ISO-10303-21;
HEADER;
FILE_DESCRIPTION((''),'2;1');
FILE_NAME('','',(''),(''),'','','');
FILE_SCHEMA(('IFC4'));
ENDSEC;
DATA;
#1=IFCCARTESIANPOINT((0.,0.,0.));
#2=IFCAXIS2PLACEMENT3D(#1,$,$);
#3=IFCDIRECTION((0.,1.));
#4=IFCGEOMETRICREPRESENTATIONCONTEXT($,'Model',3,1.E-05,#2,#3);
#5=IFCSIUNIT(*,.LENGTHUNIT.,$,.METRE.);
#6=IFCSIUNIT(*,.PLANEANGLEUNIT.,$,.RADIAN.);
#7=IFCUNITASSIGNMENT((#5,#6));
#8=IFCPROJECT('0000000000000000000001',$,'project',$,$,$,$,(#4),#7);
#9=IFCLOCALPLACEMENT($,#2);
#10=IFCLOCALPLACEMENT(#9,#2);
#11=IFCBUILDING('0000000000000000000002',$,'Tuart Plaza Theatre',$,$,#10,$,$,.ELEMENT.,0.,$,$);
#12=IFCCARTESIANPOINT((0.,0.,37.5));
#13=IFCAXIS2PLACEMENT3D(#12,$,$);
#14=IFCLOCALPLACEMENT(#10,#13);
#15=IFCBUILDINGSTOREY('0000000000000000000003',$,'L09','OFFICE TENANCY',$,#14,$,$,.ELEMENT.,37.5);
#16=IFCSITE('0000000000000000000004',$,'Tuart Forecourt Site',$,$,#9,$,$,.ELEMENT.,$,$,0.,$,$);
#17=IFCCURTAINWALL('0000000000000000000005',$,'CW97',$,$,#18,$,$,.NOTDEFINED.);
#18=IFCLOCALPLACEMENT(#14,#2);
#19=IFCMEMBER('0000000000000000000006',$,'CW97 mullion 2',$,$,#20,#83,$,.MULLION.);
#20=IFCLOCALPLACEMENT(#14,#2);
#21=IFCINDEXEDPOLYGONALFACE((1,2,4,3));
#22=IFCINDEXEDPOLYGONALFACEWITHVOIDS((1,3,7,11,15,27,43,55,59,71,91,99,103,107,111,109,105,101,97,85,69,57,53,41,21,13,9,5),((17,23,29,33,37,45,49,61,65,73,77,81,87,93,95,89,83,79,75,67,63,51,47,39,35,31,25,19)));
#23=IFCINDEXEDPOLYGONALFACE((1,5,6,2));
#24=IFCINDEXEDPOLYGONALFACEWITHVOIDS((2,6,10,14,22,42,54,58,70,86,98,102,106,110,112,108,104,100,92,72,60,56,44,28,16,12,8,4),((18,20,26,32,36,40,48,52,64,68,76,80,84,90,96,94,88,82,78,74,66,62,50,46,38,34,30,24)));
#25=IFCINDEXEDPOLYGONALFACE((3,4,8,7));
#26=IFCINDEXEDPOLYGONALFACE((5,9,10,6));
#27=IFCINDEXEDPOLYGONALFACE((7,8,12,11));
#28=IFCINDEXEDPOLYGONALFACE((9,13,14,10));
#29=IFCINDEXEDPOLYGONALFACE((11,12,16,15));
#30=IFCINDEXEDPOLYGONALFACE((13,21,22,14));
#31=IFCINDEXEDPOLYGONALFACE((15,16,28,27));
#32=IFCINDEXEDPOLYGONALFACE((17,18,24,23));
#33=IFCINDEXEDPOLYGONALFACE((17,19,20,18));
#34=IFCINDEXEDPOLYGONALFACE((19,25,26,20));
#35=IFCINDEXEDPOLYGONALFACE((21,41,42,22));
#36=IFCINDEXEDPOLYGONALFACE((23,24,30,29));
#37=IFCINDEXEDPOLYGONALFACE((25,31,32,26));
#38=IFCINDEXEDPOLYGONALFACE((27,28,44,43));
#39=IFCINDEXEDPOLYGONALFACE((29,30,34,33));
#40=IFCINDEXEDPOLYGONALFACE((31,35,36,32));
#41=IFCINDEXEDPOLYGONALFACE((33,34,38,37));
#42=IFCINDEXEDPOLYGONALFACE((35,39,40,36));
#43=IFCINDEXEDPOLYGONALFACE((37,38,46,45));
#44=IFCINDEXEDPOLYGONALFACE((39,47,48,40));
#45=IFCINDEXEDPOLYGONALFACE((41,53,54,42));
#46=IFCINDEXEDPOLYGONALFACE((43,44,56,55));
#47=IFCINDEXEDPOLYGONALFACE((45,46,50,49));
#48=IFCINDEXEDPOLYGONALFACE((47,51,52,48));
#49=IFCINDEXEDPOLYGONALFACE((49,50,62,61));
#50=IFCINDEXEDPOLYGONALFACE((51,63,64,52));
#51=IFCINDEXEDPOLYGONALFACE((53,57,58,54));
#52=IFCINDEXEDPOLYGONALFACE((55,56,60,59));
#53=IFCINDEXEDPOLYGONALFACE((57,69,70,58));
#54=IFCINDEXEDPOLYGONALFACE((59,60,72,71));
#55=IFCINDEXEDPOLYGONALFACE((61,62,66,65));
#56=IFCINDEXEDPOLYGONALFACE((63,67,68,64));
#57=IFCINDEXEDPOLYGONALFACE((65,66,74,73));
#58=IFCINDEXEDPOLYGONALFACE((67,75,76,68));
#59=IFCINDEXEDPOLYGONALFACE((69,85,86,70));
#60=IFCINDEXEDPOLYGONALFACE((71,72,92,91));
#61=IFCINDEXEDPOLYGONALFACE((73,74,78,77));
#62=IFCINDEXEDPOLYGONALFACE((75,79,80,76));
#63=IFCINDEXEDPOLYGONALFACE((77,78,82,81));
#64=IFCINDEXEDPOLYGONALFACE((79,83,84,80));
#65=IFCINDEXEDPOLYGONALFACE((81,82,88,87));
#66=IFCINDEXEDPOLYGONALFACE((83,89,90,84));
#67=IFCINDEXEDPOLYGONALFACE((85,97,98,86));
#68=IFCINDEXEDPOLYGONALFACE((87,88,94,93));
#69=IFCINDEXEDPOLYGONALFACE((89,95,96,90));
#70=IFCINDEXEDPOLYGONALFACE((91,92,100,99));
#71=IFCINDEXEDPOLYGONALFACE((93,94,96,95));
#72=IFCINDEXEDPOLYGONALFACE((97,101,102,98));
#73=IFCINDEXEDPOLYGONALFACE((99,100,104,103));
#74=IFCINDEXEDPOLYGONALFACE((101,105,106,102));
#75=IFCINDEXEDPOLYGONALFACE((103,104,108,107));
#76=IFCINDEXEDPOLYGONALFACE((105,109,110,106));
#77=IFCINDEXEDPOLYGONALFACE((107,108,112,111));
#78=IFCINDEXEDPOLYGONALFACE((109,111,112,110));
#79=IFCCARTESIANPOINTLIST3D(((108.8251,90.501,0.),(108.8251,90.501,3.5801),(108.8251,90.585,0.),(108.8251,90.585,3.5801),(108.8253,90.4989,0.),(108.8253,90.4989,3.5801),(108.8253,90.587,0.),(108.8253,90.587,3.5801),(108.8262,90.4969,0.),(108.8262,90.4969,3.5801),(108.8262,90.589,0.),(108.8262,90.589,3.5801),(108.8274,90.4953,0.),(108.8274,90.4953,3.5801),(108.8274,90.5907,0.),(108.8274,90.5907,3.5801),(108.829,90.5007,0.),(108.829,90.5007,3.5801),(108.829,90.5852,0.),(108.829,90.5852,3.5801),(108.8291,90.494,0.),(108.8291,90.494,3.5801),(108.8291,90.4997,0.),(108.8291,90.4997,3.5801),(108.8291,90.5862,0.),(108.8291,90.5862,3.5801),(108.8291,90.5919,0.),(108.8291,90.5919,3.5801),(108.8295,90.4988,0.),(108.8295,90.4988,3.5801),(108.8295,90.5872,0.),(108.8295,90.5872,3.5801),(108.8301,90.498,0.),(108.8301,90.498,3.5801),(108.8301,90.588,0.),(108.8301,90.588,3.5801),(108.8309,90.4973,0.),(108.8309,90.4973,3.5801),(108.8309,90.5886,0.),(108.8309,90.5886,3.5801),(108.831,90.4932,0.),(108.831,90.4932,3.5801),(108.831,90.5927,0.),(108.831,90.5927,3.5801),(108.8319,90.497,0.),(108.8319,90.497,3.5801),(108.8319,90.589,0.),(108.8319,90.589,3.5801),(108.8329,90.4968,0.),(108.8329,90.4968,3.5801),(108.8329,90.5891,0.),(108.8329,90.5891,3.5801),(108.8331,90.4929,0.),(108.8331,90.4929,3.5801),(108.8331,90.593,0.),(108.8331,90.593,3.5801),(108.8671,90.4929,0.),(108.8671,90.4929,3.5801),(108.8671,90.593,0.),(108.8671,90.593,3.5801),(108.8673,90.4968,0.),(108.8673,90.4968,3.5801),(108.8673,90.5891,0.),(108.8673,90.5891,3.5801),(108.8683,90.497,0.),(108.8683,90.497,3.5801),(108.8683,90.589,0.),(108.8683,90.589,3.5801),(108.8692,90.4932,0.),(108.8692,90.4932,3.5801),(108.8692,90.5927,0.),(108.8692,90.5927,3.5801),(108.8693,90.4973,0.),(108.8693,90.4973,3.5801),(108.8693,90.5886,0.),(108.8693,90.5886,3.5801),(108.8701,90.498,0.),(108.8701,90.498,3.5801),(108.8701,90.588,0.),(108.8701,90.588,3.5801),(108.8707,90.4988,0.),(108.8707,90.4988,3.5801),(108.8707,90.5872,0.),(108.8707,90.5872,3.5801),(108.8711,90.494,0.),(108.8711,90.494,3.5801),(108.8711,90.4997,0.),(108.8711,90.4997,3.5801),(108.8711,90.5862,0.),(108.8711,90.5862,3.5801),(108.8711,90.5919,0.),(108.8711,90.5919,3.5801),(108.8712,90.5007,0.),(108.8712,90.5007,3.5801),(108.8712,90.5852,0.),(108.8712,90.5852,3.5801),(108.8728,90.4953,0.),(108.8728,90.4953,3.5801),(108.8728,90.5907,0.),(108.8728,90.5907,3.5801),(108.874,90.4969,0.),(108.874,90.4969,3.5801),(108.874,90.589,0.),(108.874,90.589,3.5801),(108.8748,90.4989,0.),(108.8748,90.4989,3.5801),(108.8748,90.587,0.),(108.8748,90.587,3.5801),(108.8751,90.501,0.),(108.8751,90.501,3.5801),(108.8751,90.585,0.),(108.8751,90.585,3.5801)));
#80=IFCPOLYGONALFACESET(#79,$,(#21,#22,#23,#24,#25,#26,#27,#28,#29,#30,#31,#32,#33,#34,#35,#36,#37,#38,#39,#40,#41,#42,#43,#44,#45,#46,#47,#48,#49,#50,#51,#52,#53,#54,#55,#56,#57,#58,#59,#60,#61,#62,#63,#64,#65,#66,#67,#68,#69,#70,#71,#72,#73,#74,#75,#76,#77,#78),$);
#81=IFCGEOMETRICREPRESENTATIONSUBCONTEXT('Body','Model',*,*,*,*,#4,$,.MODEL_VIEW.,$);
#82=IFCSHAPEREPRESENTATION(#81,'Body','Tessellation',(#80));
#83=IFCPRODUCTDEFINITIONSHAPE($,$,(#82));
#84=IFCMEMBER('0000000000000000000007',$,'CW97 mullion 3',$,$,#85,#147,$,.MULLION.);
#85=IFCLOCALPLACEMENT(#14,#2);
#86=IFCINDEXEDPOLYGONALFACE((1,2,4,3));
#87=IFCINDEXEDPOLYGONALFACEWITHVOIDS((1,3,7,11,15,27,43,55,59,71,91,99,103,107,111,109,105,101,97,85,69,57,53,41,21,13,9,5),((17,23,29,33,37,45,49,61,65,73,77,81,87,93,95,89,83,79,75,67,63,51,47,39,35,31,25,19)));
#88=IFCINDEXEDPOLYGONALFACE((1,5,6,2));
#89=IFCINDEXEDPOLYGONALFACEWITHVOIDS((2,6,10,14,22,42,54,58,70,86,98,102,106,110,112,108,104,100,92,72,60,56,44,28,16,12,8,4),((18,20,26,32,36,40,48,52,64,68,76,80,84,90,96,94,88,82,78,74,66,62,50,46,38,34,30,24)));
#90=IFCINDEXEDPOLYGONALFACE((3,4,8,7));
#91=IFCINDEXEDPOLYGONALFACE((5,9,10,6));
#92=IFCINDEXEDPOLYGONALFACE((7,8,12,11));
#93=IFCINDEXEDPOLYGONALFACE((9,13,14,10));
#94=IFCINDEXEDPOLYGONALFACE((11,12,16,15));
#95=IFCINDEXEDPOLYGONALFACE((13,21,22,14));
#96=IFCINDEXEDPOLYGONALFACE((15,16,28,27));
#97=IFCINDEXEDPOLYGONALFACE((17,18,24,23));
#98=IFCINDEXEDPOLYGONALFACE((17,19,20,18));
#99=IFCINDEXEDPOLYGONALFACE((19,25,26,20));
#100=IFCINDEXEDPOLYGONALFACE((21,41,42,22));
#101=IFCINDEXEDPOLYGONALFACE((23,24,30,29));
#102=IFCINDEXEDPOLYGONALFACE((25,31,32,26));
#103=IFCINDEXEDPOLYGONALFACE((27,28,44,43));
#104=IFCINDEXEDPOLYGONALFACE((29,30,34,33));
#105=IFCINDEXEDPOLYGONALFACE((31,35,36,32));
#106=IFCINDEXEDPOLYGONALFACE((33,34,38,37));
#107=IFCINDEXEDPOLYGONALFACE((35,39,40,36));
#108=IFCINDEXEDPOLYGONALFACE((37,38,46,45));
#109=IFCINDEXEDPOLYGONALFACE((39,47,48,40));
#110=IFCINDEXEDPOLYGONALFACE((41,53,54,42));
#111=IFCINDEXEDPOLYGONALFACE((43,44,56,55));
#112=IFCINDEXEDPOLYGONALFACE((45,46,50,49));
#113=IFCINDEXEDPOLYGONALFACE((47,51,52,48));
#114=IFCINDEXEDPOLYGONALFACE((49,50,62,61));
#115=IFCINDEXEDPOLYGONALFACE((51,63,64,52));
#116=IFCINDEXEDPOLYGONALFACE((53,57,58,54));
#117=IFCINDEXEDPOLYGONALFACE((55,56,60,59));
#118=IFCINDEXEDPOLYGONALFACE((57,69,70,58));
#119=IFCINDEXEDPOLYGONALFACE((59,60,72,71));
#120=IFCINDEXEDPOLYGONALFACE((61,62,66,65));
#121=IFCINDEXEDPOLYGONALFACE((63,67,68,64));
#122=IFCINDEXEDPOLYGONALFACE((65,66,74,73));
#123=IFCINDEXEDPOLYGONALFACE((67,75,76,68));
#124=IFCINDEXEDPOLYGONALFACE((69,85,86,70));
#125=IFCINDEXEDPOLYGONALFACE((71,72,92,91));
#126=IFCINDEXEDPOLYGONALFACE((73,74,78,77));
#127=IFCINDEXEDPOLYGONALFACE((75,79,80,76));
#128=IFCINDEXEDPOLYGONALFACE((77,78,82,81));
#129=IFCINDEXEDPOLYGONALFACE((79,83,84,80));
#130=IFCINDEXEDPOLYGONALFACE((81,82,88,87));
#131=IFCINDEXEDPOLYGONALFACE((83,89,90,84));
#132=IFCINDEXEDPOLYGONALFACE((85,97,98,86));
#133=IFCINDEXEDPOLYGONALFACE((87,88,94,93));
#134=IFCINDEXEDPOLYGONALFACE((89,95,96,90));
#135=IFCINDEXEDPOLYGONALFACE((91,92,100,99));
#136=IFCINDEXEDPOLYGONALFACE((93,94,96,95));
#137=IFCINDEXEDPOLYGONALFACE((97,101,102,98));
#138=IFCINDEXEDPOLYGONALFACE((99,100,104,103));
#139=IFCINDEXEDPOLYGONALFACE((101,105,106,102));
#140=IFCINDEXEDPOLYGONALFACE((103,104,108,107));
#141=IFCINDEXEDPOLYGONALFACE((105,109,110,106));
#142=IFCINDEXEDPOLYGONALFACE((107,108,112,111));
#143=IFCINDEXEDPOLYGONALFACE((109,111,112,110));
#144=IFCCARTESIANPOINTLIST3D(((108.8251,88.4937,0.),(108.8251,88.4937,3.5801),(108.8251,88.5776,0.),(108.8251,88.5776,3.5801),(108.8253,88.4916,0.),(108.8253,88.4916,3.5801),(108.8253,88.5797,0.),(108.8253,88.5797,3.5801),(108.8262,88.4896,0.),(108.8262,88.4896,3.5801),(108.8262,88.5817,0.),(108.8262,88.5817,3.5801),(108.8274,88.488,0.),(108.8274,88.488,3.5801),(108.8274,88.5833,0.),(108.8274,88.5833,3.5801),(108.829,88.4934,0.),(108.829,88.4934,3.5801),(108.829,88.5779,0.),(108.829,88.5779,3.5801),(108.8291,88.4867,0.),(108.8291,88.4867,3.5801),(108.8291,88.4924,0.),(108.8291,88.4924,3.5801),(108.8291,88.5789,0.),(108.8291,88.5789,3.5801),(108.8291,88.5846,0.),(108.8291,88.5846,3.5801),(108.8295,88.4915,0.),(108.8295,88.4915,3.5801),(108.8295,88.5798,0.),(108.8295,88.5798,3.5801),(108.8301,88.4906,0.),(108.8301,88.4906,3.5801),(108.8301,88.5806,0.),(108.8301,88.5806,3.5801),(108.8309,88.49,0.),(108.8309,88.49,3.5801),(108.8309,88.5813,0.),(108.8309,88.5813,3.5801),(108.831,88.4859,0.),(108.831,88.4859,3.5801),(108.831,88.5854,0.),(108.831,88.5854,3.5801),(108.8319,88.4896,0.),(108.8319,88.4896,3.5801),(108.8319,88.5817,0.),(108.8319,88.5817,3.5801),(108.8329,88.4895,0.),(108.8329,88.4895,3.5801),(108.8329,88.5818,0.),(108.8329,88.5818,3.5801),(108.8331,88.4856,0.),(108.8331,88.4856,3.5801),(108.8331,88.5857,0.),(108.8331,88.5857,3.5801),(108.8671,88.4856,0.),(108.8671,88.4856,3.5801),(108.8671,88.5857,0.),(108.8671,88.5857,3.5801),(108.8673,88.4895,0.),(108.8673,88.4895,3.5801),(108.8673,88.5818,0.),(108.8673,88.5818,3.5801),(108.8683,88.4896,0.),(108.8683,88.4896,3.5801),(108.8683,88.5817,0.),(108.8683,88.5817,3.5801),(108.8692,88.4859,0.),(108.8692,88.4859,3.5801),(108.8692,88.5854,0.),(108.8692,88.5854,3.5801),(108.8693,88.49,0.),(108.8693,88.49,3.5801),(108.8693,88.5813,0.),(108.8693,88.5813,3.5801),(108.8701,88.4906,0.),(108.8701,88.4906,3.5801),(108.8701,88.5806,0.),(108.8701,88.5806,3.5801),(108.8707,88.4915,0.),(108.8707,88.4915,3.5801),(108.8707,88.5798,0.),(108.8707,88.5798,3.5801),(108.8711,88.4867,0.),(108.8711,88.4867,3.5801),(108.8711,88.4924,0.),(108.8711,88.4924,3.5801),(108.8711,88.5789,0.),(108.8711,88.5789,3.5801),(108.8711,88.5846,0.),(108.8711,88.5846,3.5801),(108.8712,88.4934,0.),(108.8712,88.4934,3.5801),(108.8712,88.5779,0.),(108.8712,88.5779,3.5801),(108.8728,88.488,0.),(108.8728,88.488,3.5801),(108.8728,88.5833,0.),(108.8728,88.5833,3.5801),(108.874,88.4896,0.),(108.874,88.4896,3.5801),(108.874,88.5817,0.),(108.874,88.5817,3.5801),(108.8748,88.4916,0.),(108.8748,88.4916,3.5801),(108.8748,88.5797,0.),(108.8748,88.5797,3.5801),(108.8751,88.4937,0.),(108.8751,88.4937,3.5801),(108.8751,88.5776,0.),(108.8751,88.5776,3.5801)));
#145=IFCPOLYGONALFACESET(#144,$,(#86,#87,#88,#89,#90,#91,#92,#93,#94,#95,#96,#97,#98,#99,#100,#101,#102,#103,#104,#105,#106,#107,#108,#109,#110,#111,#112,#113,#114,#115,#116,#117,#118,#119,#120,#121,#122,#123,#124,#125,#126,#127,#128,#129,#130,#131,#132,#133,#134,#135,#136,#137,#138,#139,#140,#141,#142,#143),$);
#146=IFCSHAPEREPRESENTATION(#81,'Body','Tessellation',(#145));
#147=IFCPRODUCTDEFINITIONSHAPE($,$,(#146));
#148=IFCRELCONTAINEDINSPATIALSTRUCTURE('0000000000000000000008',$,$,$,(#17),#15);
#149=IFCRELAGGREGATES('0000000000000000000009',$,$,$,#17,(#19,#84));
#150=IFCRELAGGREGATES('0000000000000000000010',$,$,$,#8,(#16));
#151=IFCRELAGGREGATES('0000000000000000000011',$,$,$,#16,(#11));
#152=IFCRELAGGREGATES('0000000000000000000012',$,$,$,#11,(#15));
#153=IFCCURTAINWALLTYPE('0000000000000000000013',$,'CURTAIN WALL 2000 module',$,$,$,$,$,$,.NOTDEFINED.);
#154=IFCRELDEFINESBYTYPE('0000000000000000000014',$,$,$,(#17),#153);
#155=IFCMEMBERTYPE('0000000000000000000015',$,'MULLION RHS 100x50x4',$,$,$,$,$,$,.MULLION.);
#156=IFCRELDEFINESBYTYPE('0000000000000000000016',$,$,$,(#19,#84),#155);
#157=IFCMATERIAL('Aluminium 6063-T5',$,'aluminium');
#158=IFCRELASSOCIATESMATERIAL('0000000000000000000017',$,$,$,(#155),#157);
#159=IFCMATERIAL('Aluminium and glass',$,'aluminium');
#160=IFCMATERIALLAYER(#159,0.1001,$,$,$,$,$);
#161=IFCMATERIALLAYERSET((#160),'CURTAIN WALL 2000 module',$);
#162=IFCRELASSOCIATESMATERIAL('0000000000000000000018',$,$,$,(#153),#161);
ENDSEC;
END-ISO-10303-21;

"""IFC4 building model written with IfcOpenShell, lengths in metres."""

from ifc_helpers import new_model, si_unit, direction, frame, origin, origin_2d, place, context, subcontext, project, spatial, hollow_rectangle, extrude, material, layer, layer_set, material_profile, profile_set, type_object, element, aggregate, save


model = new_model("IFC4")

# Units and contexts
model_context = context("Model", 3, precision=1e-05, world=origin(), true_north=direction((0.0, 1.0)))
body_context = subcontext(model_context, "Body", "Model", "MODEL_VIEW")
ifc_project = project(units=[si_unit("LENGTHUNIT", "METRE"), si_unit("PLANEANGLEUNIT", "RADIAN")], contexts=[model_context])

# Site, building, storey
site_placement = place(None, origin())
site = spatial("IfcSite", under=ifc_project, at=site_placement, Name="Tuart Forecourt Site", CompositionType="ELEMENT", RefElevation=0.0)
building_placement = place(site_placement, origin())
building = spatial("IfcBuilding", under=site, at=building_placement, Name="Tuart Plaza Theatre", CompositionType="ELEMENT", ElevationOfRefHeight=0.0)
storey_placement = place(building_placement, frame((0.0, 0.0, 37.5)))
storey = spatial("IfcBuildingStorey", under=building, at=storey_placement, Name="L09", Description="OFFICE TENANCY", CompositionType="ELEMENT", Elevation=37.5)

# Shared definitions
ifc_material_1 = material(Name="Aluminium 6063-T5", Category="aluminium")
ifc_material_profile_1 = material_profile(ifc_material_1, hollow_rectangle(XDim=0.05, YDim=0.1001, WallThickness=0.0039, InnerFilletRadius=0.0039, OuterFilletRadius=0.0081, at=origin_2d()), Name="RHS 100x50x4")
ifc_profile_set_1 = profile_set([ifc_material_profile_1], Name="Aluminium 6063-T5")
member_type_1 = type_object("IfcMemberType", Name="MULLION RHS 100x50x4", PredefinedType="MULLION", material=ifc_profile_set_1)

# Curtain wall, members
ifc_material_2 = material(Name="Aluminium and glass", Category="aluminium")
ifc_layer_1 = layer(ifc_material_2, 0.1001)
ifc_layer_set_1 = layer_set([ifc_layer_1], Name="CURTAIN WALL 2000 module")
curtain_wall_type_1 = type_object("IfcCurtainWallType", Name="CURTAIN WALL 2000 module", PredefinedType="NOTDEFINED", material=ifc_layer_set_1)
curtain_wall_1_placement = place(storey_placement, origin())
curtain_wall_1 = element("IfcCurtainWall", 1, at=curtain_wall_1_placement, inside=storey, type_object=curtain_wall_type_1, Name="CW97", PredefinedType="NOTDEFINED")
member_1_placement = place(storey_placement, frame((108.8501, 90.543, 0.0), z_axis=(0.0, 0.0, 1.0), x_axis=(1.0, 0.0, 0.0)))
member_1 = element("IfcMember", 2, at=member_1_placement, type_object=member_type_1, Name="CW97 mullion 2", PredefinedType="MULLION", context=body_context, shape_type="SweptSolid", body=[
    extrude(hollow_rectangle(XDim=0.05, YDim=0.1001, WallThickness=0.0039, InnerFilletRadius=0.0039, OuterFilletRadius=0.0081, at=origin_2d()), origin(), (0.0, 0.0, 1.0), 3.5801),
])
member_2_placement = place(storey_placement, frame((108.8501, 88.5356, 0.0), z_axis=(0.0, 0.0, 1.0), x_axis=(1.0, 0.0, 0.0)))
member_2 = element("IfcMember", 3, at=member_2_placement, type_object=member_type_1, Name="CW97 mullion 3", PredefinedType="MULLION", context=body_context, shape_type="SweptSolid", body=[
    extrude(hollow_rectangle(XDim=0.05, YDim=0.1001, WallThickness=0.0039, InnerFilletRadius=0.0039, OuterFilletRadius=0.0081, at=origin_2d()), origin(), (0.0, 0.0, 1.0), 3.5801),
])
aggregate(curtain_wall_1, [member_1, member_2])

save(model, "model.ifc")
